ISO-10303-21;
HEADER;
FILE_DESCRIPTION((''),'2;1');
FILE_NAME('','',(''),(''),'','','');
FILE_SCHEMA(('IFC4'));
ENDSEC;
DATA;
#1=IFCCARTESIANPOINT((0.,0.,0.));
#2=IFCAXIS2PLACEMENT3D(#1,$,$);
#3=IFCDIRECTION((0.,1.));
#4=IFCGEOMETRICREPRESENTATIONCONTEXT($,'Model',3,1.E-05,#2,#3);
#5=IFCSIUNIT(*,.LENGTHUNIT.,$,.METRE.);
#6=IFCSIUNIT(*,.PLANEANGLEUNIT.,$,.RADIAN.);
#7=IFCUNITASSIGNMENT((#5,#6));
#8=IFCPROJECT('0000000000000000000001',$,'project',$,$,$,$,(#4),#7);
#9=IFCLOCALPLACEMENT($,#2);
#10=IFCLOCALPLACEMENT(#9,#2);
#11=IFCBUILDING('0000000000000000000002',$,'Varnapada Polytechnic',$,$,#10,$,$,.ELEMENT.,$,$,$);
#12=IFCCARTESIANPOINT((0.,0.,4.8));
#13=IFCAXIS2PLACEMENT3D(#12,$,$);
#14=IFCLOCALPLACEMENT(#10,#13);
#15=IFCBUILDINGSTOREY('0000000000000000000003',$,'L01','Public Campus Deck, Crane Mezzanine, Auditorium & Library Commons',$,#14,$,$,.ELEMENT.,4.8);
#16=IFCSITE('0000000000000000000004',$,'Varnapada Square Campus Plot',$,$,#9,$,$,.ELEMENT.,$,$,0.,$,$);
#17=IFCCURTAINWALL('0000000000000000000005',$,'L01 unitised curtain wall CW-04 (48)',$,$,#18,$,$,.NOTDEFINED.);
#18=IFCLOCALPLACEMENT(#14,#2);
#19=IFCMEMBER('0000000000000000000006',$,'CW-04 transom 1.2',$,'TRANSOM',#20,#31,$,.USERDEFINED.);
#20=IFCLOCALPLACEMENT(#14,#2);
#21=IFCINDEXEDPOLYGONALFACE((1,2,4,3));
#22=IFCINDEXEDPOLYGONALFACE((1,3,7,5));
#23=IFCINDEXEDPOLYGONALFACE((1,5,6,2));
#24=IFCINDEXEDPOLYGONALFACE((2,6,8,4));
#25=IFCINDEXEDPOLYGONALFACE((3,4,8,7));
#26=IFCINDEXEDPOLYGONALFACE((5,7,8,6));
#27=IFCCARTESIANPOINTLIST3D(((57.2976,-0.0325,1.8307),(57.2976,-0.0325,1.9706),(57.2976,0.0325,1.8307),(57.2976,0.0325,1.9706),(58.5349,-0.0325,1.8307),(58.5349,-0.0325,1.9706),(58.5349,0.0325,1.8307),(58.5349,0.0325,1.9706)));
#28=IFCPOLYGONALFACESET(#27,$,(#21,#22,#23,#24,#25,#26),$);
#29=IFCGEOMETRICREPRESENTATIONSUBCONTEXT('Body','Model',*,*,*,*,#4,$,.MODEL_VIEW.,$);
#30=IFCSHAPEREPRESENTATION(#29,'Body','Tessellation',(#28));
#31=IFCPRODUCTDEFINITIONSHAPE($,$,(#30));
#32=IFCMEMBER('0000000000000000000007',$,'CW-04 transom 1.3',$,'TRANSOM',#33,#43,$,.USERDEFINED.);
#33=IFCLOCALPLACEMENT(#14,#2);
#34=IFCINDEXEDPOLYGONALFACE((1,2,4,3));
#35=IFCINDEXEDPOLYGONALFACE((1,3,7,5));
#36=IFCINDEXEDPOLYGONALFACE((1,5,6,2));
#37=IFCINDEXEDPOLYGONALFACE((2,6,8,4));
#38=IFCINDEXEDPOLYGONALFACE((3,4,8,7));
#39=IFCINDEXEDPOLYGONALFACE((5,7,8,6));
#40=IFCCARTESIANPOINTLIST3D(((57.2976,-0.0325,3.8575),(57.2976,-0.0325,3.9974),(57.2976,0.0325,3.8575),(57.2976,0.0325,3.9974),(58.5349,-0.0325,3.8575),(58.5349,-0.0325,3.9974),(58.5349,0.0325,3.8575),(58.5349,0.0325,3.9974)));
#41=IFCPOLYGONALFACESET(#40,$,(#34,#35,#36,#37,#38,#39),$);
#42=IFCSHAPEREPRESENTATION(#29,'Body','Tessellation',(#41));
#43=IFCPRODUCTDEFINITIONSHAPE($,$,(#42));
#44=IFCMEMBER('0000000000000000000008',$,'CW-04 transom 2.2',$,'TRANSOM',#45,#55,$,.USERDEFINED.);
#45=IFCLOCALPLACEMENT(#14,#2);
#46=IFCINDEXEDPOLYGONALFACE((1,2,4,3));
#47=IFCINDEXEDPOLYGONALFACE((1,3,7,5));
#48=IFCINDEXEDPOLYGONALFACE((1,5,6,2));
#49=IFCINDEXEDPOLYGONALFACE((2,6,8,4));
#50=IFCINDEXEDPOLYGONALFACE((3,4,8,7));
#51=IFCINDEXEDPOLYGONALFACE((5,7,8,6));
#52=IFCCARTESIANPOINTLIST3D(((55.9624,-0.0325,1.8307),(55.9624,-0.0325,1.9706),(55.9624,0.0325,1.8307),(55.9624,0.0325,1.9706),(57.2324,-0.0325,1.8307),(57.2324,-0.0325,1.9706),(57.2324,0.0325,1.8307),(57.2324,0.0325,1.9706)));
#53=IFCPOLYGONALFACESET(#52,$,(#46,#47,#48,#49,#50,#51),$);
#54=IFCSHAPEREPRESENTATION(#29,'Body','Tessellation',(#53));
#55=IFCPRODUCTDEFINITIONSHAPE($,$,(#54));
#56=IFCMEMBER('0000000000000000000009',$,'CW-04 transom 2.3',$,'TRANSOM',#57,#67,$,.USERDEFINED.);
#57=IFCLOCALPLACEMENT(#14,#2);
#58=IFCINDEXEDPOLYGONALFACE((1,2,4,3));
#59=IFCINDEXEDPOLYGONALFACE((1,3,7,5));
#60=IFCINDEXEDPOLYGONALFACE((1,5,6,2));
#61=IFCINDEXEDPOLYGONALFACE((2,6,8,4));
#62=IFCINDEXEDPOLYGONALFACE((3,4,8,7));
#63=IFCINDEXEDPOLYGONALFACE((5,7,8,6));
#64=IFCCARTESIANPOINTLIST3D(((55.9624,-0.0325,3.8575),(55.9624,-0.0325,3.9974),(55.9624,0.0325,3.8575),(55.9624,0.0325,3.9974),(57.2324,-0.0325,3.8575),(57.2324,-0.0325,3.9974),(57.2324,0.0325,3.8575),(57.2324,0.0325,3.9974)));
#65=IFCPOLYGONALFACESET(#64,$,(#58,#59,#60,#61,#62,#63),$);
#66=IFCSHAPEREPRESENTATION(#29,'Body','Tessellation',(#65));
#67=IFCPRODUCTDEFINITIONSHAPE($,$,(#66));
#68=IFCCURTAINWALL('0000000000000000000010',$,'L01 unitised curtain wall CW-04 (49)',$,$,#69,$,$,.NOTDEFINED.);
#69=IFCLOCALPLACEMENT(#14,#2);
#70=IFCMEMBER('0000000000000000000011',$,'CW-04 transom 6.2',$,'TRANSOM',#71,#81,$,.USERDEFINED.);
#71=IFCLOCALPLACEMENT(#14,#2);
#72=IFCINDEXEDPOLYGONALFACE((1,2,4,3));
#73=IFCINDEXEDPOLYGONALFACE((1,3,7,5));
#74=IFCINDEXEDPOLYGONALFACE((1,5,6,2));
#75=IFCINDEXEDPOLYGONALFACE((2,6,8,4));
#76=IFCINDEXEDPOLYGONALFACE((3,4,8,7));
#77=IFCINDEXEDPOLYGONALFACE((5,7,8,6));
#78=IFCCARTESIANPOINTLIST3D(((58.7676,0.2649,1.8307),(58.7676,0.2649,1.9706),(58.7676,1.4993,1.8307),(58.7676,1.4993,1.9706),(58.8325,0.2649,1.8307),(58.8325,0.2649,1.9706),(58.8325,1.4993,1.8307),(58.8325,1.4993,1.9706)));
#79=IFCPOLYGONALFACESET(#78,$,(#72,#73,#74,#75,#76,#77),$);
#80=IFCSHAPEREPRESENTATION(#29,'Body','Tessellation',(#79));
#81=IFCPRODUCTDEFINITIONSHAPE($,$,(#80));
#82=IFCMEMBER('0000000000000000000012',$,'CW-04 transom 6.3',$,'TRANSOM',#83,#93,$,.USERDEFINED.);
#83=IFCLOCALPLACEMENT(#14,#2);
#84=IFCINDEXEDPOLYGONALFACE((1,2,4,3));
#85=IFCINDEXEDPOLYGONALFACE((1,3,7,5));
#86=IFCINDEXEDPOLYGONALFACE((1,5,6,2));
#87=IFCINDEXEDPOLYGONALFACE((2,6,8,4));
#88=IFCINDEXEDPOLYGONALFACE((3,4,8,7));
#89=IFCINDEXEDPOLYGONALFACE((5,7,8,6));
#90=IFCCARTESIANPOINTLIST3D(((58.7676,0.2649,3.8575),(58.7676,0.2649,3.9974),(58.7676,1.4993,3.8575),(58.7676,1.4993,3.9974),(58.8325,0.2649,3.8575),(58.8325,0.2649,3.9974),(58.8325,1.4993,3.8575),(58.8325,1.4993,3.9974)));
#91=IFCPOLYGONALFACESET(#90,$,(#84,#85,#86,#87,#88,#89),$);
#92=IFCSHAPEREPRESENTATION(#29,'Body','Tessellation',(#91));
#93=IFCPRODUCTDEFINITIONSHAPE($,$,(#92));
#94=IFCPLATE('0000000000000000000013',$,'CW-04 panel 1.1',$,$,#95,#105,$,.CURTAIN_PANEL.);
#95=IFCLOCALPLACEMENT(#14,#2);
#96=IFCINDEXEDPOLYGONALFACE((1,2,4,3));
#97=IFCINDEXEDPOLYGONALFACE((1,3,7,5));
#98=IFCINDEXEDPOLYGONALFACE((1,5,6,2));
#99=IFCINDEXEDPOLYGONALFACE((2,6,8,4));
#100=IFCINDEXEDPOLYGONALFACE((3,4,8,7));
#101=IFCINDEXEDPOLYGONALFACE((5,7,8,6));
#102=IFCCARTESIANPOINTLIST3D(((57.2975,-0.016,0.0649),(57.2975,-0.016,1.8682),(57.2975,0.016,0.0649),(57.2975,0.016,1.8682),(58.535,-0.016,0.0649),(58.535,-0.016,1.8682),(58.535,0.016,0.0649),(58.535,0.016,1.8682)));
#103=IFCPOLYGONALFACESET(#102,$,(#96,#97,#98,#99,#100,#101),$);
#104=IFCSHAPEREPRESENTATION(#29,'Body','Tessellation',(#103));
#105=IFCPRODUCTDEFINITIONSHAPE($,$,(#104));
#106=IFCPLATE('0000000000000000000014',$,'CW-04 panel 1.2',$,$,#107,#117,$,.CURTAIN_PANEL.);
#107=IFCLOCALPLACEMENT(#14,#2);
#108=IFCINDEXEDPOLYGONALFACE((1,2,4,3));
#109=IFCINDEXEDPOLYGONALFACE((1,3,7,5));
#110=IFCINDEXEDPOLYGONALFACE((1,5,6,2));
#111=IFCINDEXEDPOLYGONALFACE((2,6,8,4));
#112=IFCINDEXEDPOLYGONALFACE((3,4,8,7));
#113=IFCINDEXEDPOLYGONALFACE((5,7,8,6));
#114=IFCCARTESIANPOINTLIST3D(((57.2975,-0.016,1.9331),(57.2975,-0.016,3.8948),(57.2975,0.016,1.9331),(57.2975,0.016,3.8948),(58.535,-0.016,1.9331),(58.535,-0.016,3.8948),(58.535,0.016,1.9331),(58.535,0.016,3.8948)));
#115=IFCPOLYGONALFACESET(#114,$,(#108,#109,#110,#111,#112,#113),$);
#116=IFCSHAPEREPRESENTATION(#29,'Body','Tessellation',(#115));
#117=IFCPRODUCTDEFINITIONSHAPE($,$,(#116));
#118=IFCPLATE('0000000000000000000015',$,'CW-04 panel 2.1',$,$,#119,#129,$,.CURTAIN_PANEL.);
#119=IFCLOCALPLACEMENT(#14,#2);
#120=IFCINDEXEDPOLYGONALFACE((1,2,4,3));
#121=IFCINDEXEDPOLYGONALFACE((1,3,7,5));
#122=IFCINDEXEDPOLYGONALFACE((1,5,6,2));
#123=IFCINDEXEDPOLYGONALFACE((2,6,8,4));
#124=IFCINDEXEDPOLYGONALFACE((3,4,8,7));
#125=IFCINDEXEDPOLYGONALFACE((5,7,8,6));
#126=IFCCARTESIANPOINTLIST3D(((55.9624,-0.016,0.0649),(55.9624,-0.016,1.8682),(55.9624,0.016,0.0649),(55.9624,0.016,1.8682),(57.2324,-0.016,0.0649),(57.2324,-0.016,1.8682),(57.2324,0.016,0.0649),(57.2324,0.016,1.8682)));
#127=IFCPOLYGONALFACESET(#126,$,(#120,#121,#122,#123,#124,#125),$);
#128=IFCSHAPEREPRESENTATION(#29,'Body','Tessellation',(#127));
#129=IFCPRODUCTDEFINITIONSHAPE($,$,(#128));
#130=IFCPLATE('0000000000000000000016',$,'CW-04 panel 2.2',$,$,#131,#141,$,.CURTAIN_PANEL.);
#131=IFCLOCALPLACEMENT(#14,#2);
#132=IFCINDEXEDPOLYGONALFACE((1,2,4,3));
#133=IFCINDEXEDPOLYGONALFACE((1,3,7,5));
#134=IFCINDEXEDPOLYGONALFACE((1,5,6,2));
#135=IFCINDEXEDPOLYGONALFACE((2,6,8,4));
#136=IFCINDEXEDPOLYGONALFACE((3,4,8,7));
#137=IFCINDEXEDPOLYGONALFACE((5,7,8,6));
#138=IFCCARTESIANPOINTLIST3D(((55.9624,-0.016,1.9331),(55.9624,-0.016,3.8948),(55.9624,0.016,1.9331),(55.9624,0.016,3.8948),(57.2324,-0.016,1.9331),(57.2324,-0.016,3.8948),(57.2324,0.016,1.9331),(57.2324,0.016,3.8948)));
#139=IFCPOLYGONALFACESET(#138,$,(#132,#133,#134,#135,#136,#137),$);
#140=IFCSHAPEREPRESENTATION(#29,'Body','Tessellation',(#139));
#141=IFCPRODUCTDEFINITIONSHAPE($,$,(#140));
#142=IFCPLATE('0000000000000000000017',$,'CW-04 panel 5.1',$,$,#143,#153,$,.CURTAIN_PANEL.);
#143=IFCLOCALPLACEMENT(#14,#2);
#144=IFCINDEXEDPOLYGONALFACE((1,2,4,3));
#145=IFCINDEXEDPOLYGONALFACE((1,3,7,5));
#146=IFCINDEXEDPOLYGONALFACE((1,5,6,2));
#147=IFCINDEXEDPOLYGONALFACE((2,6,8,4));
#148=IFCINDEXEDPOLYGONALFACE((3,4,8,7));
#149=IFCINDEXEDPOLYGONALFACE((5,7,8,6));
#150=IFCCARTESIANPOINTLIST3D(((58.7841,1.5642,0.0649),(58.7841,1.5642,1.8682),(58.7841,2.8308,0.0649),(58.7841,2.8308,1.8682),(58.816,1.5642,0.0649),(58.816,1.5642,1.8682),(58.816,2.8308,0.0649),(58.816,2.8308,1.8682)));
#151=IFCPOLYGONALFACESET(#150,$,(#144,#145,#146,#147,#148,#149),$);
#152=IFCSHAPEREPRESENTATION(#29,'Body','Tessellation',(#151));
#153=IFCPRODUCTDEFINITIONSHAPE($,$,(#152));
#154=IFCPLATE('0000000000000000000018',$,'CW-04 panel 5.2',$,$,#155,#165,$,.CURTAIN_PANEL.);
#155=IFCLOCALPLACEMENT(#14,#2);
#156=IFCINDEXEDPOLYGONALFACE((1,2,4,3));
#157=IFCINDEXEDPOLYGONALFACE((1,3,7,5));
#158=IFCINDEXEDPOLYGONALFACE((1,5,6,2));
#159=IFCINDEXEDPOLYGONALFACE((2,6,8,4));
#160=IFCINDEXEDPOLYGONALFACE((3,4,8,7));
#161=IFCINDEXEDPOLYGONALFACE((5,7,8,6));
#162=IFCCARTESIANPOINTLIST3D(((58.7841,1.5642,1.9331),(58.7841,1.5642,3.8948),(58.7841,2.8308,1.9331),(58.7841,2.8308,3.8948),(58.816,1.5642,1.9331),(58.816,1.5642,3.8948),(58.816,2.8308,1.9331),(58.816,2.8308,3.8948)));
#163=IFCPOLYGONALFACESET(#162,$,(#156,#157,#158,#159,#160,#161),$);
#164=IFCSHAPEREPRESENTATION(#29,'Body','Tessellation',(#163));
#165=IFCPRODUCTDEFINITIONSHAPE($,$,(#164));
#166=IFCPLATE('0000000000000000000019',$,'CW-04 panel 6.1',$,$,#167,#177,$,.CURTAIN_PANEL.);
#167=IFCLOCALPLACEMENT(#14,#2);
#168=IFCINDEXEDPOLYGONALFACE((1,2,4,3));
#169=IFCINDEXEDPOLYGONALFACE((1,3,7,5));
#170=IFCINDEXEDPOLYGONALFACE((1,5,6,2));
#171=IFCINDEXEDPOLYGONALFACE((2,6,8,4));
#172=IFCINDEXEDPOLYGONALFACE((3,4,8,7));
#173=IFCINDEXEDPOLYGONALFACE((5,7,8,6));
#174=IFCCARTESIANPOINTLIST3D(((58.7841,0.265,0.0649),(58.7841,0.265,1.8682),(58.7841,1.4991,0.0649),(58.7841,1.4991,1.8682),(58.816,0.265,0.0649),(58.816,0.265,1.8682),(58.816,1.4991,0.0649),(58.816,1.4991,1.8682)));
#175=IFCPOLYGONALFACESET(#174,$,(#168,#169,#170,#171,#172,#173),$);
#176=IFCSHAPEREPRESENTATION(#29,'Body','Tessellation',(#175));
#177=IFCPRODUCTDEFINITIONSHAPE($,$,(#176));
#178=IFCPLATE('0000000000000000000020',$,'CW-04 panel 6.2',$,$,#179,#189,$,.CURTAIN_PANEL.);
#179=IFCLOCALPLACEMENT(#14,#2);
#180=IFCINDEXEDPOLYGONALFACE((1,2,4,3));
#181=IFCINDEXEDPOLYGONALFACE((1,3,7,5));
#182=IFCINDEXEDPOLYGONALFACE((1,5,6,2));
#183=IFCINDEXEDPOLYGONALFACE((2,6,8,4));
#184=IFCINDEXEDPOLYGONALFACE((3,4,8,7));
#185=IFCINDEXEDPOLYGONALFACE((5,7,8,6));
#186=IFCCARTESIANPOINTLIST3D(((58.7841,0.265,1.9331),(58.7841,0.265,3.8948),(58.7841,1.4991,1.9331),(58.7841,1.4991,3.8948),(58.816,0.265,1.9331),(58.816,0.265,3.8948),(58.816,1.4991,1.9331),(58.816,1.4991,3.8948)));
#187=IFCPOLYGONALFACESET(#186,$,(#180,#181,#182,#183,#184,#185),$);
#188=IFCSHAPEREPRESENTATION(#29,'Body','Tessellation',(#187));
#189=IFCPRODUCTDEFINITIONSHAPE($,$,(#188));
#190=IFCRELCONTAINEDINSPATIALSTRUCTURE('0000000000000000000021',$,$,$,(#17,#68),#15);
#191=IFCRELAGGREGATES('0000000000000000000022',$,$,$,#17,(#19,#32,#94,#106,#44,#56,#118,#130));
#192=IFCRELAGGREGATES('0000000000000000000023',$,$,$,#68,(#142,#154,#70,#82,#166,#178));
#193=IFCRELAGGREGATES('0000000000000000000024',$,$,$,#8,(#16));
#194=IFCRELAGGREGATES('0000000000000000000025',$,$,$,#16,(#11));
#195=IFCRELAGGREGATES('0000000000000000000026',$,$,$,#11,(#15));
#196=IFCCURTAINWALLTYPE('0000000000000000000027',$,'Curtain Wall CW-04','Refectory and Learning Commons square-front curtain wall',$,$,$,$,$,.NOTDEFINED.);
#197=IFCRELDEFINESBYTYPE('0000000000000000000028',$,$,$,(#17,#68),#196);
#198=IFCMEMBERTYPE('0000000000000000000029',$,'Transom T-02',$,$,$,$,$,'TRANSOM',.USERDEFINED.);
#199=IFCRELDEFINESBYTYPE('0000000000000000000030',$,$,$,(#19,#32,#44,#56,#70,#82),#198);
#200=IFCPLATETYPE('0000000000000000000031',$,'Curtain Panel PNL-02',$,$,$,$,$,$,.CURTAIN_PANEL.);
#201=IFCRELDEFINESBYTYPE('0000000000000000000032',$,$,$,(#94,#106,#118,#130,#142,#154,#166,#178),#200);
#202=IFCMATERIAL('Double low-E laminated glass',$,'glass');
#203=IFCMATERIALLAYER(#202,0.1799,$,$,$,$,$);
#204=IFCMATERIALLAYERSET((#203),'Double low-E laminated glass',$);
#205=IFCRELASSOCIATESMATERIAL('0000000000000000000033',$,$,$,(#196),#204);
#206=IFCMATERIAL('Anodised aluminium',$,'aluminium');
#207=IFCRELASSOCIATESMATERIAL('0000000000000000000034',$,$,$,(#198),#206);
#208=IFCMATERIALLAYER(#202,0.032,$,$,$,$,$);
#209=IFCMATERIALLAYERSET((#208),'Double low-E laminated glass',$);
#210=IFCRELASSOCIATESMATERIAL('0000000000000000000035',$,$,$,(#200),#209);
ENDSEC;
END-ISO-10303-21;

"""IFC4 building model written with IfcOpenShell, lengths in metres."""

from ifc_helpers import new_model, si_unit, direction, frame, origin, origin_2d, place, context, subcontext, project, spatial, rectangle, extrude, material, layer, layer_set, material_profile, profile_set, type_object, element, aggregate, save


model = new_model("IFC4")

# Units and contexts
model_context = context("Model", 3, precision=1e-05, world=origin(), true_north=direction((0.0, 1.0)))
body_context = subcontext(model_context, "Body", "Model", "MODEL_VIEW")
ifc_project = project(units=[si_unit("LENGTHUNIT", "METRE"), si_unit("PLANEANGLEUNIT", "RADIAN")], contexts=[model_context])

# Site, building, storey
site_placement = place(None, origin())
site = spatial("IfcSite", under=ifc_project, at=site_placement, Name="Varnapada Square Campus Plot", CompositionType="ELEMENT", RefElevation=0.0)
building_placement = place(site_placement, origin())
building = spatial("IfcBuilding", under=site, at=building_placement, Name="Varnapada Polytechnic", CompositionType="ELEMENT")
storey_placement = place(building_placement, frame((0.0, 0.0, 4.8)))
storey = spatial("IfcBuildingStorey", under=building, at=storey_placement, Name="L01", Description="Public Campus Deck, Crane Mezzanine, Auditorium & Library Commons", CompositionType="ELEMENT", Elevation=4.8)

# Curtain walls, members
ifc_material_1 = material(Name="Double low-E laminated glass", Category="glass")
ifc_layer_1 = layer(ifc_material_1, 0.1799)
ifc_layer_set_1 = layer_set([ifc_layer_1], Name="Double low-E laminated glass")
curtain_wall_type = type_object("IfcCurtainWallType", Name="Curtain Wall CW-04", Description="Refectory and Learning Commons square-front curtain wall", PredefinedType="NOTDEFINED", material=ifc_layer_set_1)
curtain_wall_1_placement = place(storey_placement, origin())
curtain_wall_1 = element("IfcCurtainWall", 1, at=curtain_wall_1_placement, inside=storey, type_object=curtain_wall_type, Name="L01 unitised curtain wall CW-04 (48)", PredefinedType="NOTDEFINED")
ifc_material_2 = material(Name="Anodised aluminium", Category="aluminium")
ifc_material_profile = material_profile(ifc_material_2, rectangle(XDim=0.0649, YDim=0.1399, at=origin_2d()), Name="ALU T65x140")
ifc_profile_set = profile_set([ifc_material_profile], Name="Anodised aluminium")
member_type = type_object("IfcMemberType", Name="Transom T-02", ElementType="TRANSOM", PredefinedType="USERDEFINED", material=ifc_profile_set)
member_1_placement = place(storey_placement, frame((58.5349, 0.0, 1.9006), z_axis=(-1.0, 0.0, 0.0), x_axis=(0.0, -1.0, 0.0)))
member_1 = element("IfcMember", 2, at=member_1_placement, type_object=member_type, Name="CW-04 transom 1.2", ObjectType="TRANSOM", PredefinedType="USERDEFINED", context=body_context, shape_type="SweptSolid", body=[
    extrude(rectangle(XDim=0.0649, YDim=0.1399, at=origin_2d()), origin(), (0.0, 0.0, 1.0), 1.2373),
])
member_2_placement = place(storey_placement, frame((58.5349, 0.0, 3.9275), z_axis=(-1.0, 0.0, 0.0), x_axis=(0.0, -1.0, 0.0)))
member_2 = element("IfcMember", 3, at=member_2_placement, type_object=member_type, Name="CW-04 transom 1.3", ObjectType="TRANSOM", PredefinedType="USERDEFINED", context=body_context, shape_type="SweptSolid", body=[
    extrude(rectangle(XDim=0.0649, YDim=0.1399, at=origin_2d()), origin(), (0.0, 0.0, 1.0), 1.2373),
])
member_3_placement = place(storey_placement, frame((57.2324, 0.0, 1.9006), z_axis=(-1.0, 0.0, 0.0), x_axis=(0.0, -1.0, 0.0)))
member_3 = element("IfcMember", 4, at=member_3_placement, type_object=member_type, Name="CW-04 transom 2.2", ObjectType="TRANSOM", PredefinedType="USERDEFINED", context=body_context, shape_type="SweptSolid", body=[
    extrude(rectangle(XDim=0.0649, YDim=0.1399, at=origin_2d()), origin(), (0.0, 0.0, 1.0), 1.27),
])
member_4_placement = place(storey_placement, frame((57.2324, 0.0, 3.9275), z_axis=(-1.0, 0.0, 0.0), x_axis=(0.0, -1.0, 0.0)))
member_4 = element("IfcMember", 5, at=member_4_placement, type_object=member_type, Name="CW-04 transom 2.3", ObjectType="TRANSOM", PredefinedType="USERDEFINED", context=body_context, shape_type="SweptSolid", body=[
    extrude(rectangle(XDim=0.0649, YDim=0.1399, at=origin_2d()), origin(), (0.0, 0.0, 1.0), 1.27),
])
curtain_wall_2_placement = place(storey_placement, origin())
curtain_wall_2 = element("IfcCurtainWall", 6, at=curtain_wall_2_placement, inside=storey, type_object=curtain_wall_type, Name="L01 unitised curtain wall CW-04 (49)", PredefinedType="NOTDEFINED")
member_5_placement = place(storey_placement, frame((58.8, 1.4993, 1.9006), z_axis=(0.0, -1.0, 0.0), x_axis=(1.0, 0.0, 0.0)))
member_5 = element("IfcMember", 7, at=member_5_placement, type_object=member_type, Name="CW-04 transom 6.2", ObjectType="TRANSOM", PredefinedType="USERDEFINED", context=body_context, shape_type="SweptSolid", body=[
    extrude(rectangle(XDim=0.0649, YDim=0.1399, at=origin_2d()), origin(), (0.0, 0.0, 1.0), 1.2344),
])
member_6_placement = place(storey_placement, frame((58.8, 1.4993, 3.9275), z_axis=(0.0, -1.0, 0.0), x_axis=(1.0, 0.0, 0.0)))
member_6 = element("IfcMember", 8, at=member_6_placement, type_object=member_type, Name="CW-04 transom 6.3", ObjectType="TRANSOM", PredefinedType="USERDEFINED", context=body_context, shape_type="SweptSolid", body=[
    extrude(rectangle(XDim=0.0649, YDim=0.1399, at=origin_2d()), origin(), (0.0, 0.0, 1.0), 1.2344),
])

# Plates
ifc_layer_2 = layer(ifc_material_1, 0.032)
ifc_layer_set_2 = layer_set([ifc_layer_2], Name="Double low-E laminated glass")
plate_type = type_object("IfcPlateType", Name="Curtain Panel PNL-02", PredefinedType="CURTAIN_PANEL", material=ifc_layer_set_2)
plate_1_placement = place(storey_placement, frame((57.9163, 0.0, 0.0649), z_axis=(0.0, 0.0, 1.0), x_axis=(-1.0, 0.0, 0.0)))
plate_1 = element("IfcPlate", 9, at=plate_1_placement, type_object=plate_type, Name="CW-04 panel 1.1", PredefinedType="CURTAIN_PANEL", context=body_context, shape_type="SweptSolid", body=[
    extrude(rectangle(XDim=1.2375, YDim=0.032, at=origin_2d()), origin(), (0.0, 0.0, 1.0), 1.8032),
])
plate_2_placement = place(storey_placement, frame((57.9163, 0.0, 1.9331), z_axis=(0.0, 0.0, 1.0), x_axis=(-1.0, 0.0, 0.0)))
plate_2 = element("IfcPlate", 10, at=plate_2_placement, type_object=plate_type, Name="CW-04 panel 1.2", PredefinedType="CURTAIN_PANEL", context=body_context, shape_type="SweptSolid", body=[
    extrude(rectangle(XDim=1.2375, YDim=0.032, at=origin_2d()), origin(), (0.0, 0.0, 1.0), 1.9617),
])
plate_3_placement = place(storey_placement, frame((56.5974, 0.0, 0.0649), z_axis=(0.0, 0.0, 1.0), x_axis=(-1.0, 0.0, 0.0)))
plate_3 = element("IfcPlate", 11, at=plate_3_placement, type_object=plate_type, Name="CW-04 panel 2.1", PredefinedType="CURTAIN_PANEL", context=body_context, shape_type="SweptSolid", body=[
    extrude(rectangle(XDim=1.27, YDim=0.032, at=origin_2d()), origin(), (0.0, 0.0, 1.0), 1.8032),
])
plate_4_placement = place(storey_placement, frame((56.5974, 0.0, 1.9331), z_axis=(0.0, 0.0, 1.0), x_axis=(-1.0, 0.0, 0.0)))
plate_4 = element("IfcPlate", 12, at=plate_4_placement, type_object=plate_type, Name="CW-04 panel 2.2", PredefinedType="CURTAIN_PANEL", context=body_context, shape_type="SweptSolid", body=[
    extrude(rectangle(XDim=1.27, YDim=0.032, at=origin_2d()), origin(), (0.0, 0.0, 1.0), 1.9617),
])
aggregate(curtain_wall_1, [member_1, member_2, plate_1, plate_2, member_3, member_4, plate_3, plate_4])
plate_5_placement = place(storey_placement, frame((58.8, 2.1975, 0.0649), z_axis=(0.0, 0.0, 1.0), x_axis=(0.0, -1.0, 0.0)))
plate_5 = element("IfcPlate", 13, at=plate_5_placement, type_object=plate_type, Name="CW-04 panel 5.1", PredefinedType="CURTAIN_PANEL", context=body_context, shape_type="SweptSolid", body=[
    extrude(rectangle(XDim=1.2666, YDim=0.032, at=origin_2d()), origin(), (0.0, 0.0, 1.0), 1.8032),
])
plate_6_placement = place(storey_placement, frame((58.8, 2.1975, 1.9331), z_axis=(0.0, 0.0, 1.0), x_axis=(0.0, -1.0, 0.0)))
plate_6 = element("IfcPlate", 14, at=plate_6_placement, type_object=plate_type, Name="CW-04 panel 5.2", PredefinedType="CURTAIN_PANEL", context=body_context, shape_type="SweptSolid", body=[
    extrude(rectangle(XDim=1.2666, YDim=0.032, at=origin_2d()), origin(), (0.0, 0.0, 1.0), 1.9617),
])
plate_7_placement = place(storey_placement, frame((58.8, 0.8821, 0.0649), z_axis=(0.0, 0.0, 1.0), x_axis=(0.0, -1.0, 0.0)))
plate_7 = element("IfcPlate", 15, at=plate_7_placement, type_object=plate_type, Name="CW-04 panel 6.1", PredefinedType="CURTAIN_PANEL", context=body_context, shape_type="SweptSolid", body=[
    extrude(rectangle(XDim=1.2341, YDim=0.032, at=origin_2d()), origin(), (0.0, 0.0, 1.0), 1.8032),
])
plate_8_placement = place(storey_placement, frame((58.8, 0.8821, 1.9331), z_axis=(0.0, 0.0, 1.0), x_axis=(0.0, -1.0, 0.0)))
plate_8 = element("IfcPlate", 16, at=plate_8_placement, type_object=plate_type, Name="CW-04 panel 6.2", PredefinedType="CURTAIN_PANEL", context=body_context, shape_type="SweptSolid", body=[
    extrude(rectangle(XDim=1.2341, YDim=0.032, at=origin_2d()), origin(), (0.0, 0.0, 1.0), 1.9617),
])
aggregate(curtain_wall_2, [plate_5, plate_6, member_5, member_6, plate_7, plate_8])

save(model, "model.ifc")
